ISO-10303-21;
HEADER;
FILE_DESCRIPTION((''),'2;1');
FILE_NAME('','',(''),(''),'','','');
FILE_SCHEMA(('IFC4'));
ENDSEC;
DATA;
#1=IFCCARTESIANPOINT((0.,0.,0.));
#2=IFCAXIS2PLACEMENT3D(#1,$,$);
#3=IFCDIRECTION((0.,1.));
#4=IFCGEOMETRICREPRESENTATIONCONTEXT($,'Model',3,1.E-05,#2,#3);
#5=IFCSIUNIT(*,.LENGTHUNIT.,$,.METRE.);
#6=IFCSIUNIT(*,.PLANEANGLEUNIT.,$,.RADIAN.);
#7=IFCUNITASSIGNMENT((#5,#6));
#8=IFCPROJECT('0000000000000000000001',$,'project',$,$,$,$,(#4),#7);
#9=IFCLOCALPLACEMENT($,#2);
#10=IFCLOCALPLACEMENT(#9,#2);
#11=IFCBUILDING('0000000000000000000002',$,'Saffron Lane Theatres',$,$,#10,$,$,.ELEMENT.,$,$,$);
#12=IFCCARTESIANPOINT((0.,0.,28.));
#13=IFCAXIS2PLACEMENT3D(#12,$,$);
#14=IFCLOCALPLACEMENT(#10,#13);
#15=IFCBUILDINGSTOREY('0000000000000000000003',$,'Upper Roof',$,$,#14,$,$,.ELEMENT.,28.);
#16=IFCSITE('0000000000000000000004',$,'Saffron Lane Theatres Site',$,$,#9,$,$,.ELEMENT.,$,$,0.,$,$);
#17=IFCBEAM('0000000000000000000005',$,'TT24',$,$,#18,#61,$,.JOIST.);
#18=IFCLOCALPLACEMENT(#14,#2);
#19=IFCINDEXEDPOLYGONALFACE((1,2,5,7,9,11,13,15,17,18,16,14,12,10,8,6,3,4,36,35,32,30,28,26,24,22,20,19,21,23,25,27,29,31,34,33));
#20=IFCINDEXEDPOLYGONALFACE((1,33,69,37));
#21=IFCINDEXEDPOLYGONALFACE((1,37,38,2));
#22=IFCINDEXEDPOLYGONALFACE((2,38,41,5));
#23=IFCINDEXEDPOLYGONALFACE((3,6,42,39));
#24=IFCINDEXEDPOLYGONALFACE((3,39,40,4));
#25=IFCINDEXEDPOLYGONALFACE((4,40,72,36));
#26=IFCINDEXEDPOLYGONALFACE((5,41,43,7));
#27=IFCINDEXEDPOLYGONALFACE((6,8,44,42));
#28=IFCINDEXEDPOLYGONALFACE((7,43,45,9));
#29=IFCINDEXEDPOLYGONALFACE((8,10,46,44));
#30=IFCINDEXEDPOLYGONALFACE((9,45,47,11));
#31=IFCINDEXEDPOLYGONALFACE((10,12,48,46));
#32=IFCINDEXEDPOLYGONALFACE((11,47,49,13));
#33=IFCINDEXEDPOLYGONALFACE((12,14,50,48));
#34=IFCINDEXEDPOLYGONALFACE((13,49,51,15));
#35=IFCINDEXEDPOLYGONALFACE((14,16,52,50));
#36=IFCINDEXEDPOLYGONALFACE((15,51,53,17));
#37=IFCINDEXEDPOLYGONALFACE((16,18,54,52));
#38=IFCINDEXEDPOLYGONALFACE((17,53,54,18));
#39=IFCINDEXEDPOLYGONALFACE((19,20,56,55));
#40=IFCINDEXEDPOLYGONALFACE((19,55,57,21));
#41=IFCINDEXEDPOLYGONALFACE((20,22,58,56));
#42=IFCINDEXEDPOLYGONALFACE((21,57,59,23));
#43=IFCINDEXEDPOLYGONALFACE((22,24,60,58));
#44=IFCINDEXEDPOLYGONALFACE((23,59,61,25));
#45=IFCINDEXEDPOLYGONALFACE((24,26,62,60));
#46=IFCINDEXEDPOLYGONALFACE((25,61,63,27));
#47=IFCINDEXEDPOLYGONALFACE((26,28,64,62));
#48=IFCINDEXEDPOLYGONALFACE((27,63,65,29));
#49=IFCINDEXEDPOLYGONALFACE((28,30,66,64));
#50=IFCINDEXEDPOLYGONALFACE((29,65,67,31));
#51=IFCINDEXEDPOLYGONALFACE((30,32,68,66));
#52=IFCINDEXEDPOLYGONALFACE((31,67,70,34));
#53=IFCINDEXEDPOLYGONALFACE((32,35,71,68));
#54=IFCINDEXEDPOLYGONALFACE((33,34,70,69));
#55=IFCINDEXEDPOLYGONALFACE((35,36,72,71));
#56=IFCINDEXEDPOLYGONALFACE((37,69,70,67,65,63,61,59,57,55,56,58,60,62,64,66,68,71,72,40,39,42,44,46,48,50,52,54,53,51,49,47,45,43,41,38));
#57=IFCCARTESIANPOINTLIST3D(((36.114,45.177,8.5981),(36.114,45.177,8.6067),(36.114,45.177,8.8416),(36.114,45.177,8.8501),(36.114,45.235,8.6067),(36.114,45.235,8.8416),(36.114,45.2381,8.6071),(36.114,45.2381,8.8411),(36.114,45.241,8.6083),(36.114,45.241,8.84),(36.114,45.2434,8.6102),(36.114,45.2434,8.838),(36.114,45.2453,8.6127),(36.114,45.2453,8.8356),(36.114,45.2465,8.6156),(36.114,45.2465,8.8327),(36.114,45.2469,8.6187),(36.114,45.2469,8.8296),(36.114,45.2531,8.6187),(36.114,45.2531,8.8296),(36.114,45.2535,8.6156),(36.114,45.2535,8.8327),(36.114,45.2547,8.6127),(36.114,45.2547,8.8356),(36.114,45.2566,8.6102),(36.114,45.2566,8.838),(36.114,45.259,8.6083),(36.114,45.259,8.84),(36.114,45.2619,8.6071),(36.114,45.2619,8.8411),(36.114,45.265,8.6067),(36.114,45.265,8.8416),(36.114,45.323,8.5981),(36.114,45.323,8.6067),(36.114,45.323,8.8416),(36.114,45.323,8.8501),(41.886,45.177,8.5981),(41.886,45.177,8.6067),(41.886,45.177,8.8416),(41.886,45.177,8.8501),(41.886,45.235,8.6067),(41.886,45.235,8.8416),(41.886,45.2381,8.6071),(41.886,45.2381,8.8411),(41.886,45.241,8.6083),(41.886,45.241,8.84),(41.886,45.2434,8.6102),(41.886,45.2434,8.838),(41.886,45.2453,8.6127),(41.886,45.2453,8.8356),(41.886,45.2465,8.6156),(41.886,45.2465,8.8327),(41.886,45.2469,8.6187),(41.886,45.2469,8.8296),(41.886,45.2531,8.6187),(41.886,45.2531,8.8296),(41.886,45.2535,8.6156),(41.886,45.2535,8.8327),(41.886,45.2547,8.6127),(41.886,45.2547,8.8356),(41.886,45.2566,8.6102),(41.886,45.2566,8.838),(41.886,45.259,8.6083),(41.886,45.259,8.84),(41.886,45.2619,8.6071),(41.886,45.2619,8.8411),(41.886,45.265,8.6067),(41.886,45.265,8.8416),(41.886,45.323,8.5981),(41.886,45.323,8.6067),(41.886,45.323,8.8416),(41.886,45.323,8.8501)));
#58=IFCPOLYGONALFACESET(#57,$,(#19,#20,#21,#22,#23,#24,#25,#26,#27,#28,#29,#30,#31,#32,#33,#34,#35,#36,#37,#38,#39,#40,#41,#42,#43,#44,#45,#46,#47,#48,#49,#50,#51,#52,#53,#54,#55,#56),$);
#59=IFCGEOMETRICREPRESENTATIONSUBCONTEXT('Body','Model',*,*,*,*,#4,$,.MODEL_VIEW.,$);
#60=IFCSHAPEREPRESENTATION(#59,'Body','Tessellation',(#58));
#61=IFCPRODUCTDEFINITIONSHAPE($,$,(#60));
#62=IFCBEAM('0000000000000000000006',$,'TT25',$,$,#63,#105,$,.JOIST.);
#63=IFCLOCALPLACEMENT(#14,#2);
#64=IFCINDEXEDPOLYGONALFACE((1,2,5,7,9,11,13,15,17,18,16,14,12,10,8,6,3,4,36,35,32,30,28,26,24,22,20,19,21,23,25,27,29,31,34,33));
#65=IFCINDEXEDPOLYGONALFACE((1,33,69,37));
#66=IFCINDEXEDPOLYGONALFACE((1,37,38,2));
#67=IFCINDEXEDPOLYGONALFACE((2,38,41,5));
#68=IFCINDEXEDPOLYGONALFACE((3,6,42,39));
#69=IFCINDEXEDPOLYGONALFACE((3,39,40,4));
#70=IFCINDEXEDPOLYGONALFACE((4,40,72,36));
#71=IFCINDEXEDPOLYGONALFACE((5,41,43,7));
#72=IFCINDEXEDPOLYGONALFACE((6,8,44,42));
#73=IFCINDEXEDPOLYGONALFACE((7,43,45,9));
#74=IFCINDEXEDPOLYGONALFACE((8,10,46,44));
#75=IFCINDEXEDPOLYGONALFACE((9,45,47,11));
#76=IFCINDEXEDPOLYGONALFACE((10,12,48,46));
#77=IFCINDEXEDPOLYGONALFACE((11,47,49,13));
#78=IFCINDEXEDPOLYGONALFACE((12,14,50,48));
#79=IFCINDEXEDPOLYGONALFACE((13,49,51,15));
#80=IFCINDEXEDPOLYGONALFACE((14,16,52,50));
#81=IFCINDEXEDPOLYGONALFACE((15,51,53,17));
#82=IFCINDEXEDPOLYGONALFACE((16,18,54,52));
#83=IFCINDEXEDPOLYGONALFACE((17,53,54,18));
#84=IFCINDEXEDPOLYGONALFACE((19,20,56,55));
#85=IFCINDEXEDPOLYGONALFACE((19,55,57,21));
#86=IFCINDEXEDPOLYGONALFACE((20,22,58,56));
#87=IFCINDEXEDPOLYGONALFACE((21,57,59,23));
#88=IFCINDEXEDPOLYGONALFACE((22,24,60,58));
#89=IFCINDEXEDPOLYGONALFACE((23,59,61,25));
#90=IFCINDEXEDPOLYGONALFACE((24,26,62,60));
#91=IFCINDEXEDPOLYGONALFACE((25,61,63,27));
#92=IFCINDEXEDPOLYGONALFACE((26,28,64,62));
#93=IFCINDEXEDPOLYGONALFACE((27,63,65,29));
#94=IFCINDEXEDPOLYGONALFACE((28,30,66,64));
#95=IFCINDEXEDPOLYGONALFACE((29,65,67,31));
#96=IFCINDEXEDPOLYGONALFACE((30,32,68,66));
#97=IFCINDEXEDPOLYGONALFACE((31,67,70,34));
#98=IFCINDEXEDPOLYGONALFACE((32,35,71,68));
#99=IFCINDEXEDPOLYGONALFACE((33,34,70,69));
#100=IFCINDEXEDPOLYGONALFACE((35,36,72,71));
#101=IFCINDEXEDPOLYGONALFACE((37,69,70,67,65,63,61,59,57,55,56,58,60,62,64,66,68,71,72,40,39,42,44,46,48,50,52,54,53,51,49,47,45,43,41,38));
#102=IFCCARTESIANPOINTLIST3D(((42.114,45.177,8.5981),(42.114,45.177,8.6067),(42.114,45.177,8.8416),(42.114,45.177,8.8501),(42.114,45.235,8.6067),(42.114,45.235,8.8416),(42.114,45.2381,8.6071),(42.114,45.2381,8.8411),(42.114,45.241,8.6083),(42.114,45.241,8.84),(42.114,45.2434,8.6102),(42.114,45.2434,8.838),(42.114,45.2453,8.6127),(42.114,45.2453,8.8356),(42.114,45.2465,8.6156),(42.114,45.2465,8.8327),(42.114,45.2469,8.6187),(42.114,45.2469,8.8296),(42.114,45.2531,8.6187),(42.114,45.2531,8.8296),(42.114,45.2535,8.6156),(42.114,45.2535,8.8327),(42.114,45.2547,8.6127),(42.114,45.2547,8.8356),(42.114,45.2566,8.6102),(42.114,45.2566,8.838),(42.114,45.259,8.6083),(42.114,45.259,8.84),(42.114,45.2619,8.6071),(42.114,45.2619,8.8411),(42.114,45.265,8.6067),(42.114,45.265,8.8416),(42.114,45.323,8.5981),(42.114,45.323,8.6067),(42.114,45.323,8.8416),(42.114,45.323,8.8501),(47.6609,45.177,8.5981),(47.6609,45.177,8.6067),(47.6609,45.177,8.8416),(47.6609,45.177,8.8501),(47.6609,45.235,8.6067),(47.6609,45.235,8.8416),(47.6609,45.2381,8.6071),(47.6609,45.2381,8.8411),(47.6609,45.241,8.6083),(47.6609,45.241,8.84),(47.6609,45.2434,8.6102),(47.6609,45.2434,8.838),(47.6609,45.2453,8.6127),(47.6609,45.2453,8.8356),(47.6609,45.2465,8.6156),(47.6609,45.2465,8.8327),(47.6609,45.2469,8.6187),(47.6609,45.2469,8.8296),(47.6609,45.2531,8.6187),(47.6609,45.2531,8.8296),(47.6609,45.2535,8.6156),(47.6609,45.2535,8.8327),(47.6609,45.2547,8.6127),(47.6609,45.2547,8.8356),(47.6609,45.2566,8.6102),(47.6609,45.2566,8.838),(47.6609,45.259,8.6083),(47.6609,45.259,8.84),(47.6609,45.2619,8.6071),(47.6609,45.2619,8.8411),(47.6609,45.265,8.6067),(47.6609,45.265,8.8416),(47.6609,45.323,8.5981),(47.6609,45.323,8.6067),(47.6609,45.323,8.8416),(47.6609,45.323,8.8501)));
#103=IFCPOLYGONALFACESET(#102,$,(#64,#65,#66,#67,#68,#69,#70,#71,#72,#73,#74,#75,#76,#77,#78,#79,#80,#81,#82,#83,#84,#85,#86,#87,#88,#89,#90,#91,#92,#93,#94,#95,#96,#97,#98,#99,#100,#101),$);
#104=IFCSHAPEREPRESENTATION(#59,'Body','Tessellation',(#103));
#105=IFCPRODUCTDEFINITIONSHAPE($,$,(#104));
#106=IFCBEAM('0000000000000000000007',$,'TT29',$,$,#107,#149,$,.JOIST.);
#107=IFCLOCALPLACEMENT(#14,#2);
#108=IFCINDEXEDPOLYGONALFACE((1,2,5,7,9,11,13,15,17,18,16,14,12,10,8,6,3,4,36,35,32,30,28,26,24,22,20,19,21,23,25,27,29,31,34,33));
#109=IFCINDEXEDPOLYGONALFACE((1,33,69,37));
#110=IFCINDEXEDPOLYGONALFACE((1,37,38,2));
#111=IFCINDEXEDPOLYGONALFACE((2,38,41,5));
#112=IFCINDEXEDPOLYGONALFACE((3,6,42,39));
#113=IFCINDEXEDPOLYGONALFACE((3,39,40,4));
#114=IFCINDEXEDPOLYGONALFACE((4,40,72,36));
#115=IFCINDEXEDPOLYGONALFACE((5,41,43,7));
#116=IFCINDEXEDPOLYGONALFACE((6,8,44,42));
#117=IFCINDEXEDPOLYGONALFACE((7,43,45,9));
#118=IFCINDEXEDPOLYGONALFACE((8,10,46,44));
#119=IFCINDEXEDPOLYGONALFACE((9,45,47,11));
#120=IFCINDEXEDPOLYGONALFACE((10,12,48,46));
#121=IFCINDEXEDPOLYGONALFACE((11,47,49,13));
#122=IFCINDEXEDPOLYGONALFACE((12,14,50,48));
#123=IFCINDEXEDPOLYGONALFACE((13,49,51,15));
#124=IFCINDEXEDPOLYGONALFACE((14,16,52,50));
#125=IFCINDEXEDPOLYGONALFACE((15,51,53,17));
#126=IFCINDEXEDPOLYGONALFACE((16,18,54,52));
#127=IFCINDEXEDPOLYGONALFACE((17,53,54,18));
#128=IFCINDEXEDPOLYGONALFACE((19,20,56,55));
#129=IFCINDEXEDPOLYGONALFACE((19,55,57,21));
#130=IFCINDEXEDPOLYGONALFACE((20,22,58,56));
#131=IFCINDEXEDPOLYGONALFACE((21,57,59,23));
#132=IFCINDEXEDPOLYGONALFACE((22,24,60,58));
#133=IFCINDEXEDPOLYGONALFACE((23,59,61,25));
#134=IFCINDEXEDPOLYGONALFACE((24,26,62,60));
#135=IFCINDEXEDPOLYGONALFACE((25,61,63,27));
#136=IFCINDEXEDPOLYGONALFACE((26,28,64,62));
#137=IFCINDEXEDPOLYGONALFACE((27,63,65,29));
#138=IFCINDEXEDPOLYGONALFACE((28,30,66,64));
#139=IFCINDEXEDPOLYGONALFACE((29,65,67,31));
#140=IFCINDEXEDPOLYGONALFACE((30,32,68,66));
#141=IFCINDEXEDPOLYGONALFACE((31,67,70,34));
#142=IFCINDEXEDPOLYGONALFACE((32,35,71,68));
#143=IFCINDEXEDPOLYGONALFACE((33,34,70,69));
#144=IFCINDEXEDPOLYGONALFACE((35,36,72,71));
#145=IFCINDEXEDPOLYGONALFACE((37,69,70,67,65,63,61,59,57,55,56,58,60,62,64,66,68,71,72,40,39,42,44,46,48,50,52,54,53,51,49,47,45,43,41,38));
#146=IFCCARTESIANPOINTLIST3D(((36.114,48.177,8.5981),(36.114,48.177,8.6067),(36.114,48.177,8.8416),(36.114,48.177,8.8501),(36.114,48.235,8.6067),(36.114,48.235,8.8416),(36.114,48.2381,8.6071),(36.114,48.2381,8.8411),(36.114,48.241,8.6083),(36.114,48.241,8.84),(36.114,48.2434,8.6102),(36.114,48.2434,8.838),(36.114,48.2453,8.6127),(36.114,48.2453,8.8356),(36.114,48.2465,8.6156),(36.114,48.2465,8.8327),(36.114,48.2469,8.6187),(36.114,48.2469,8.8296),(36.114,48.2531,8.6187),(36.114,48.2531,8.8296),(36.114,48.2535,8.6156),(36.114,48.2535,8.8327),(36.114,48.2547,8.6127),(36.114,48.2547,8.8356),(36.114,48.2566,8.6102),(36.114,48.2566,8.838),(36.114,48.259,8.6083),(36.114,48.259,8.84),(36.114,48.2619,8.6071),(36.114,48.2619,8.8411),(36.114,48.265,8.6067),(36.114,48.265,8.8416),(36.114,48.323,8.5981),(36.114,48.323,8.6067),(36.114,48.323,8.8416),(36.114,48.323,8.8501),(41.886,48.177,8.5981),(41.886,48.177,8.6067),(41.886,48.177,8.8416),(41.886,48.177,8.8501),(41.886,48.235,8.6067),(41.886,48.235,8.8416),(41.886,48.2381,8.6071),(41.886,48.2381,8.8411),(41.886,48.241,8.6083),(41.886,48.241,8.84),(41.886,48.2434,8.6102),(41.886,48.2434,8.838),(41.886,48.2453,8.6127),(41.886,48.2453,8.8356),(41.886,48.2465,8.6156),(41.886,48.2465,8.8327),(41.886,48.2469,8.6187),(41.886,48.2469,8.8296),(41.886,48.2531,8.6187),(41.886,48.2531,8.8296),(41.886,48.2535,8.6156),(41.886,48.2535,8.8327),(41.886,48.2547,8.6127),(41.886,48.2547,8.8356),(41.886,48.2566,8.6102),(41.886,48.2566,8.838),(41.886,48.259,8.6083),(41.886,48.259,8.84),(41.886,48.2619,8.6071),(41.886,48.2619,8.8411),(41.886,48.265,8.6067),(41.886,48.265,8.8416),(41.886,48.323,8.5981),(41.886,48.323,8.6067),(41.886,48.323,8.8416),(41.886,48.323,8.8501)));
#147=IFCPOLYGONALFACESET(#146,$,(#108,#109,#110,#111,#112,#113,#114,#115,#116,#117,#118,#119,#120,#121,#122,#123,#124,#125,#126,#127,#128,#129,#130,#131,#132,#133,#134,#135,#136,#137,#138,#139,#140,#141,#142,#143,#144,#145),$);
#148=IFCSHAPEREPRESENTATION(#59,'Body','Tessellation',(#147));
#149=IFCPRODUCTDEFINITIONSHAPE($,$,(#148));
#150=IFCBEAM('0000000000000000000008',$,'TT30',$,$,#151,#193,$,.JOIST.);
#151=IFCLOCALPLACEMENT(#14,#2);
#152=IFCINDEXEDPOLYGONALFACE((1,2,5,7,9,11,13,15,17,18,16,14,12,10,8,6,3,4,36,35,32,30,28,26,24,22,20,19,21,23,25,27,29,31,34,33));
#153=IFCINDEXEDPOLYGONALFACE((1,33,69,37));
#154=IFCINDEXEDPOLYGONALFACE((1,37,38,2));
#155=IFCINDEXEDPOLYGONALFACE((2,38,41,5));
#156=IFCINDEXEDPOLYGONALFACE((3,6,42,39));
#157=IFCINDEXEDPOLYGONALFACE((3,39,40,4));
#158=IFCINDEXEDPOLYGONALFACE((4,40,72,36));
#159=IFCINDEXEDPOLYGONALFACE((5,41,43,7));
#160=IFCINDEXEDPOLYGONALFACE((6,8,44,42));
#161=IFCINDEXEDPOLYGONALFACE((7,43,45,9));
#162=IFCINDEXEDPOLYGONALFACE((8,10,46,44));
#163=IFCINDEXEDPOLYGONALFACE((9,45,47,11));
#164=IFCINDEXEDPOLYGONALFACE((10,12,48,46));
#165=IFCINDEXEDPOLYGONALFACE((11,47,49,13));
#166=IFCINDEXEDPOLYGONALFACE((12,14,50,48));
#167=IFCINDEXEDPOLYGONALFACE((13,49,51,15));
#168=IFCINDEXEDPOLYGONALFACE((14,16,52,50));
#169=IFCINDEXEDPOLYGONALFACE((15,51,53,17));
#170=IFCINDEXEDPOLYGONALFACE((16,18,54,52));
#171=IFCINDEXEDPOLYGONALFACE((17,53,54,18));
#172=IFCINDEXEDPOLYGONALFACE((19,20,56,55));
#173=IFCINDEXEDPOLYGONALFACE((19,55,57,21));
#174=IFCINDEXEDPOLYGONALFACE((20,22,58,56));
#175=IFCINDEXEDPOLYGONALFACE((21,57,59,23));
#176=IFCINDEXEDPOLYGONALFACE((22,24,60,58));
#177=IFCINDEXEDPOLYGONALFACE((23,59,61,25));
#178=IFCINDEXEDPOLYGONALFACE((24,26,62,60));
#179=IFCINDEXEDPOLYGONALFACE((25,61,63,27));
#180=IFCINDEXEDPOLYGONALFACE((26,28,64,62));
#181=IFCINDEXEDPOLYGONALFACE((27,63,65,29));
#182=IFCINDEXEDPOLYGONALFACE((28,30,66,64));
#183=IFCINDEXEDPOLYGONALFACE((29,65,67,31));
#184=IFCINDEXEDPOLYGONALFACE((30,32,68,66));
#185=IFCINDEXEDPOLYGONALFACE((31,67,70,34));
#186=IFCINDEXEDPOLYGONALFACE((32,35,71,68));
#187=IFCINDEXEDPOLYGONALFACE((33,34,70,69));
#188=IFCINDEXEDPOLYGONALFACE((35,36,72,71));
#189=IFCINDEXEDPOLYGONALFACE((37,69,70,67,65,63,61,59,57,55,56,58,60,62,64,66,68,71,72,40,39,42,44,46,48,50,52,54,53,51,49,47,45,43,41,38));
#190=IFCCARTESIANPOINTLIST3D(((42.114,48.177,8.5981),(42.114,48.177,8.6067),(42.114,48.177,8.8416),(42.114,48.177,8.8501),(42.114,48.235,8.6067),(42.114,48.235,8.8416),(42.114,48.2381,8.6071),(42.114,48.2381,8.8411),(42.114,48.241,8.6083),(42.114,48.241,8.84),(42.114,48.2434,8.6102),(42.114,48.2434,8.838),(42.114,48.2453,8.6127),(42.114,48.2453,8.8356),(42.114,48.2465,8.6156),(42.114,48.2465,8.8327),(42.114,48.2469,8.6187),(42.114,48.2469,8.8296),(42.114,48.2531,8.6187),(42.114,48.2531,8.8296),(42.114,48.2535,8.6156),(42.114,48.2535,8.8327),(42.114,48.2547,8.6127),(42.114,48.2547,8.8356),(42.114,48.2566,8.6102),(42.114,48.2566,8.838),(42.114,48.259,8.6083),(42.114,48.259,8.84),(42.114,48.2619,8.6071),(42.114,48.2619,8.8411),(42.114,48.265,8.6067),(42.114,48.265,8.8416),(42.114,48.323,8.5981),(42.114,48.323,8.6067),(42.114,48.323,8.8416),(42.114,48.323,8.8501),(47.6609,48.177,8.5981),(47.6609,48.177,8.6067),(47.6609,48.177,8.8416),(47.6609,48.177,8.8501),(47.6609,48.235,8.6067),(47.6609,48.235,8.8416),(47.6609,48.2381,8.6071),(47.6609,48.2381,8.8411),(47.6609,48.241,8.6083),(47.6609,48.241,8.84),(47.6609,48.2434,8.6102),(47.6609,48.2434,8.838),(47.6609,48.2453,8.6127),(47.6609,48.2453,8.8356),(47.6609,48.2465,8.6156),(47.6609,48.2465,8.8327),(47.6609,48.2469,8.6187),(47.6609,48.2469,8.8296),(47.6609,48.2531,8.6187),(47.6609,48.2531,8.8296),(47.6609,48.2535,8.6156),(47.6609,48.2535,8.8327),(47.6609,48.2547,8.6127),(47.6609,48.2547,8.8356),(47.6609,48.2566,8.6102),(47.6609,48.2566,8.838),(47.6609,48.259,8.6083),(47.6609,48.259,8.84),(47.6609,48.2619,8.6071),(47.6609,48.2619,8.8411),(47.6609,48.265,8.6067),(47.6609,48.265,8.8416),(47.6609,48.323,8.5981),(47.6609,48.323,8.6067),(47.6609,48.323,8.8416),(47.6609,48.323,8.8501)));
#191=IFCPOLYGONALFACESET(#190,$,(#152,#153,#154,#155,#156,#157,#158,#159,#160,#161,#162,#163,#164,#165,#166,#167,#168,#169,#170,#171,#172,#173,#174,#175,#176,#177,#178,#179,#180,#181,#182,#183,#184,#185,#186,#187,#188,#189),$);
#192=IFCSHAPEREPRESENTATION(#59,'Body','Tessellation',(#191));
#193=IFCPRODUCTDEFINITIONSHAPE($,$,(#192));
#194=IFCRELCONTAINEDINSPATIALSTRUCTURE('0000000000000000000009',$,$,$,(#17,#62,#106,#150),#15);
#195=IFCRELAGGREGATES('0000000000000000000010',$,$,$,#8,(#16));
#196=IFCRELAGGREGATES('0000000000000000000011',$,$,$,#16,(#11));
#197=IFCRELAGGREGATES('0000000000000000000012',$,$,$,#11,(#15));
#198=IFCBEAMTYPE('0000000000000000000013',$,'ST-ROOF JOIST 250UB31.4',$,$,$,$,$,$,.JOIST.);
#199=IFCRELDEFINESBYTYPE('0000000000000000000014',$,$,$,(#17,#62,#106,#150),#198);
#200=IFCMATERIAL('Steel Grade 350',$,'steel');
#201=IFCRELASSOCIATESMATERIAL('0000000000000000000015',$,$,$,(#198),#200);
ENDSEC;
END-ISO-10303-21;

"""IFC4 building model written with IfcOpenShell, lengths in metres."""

from ifc_helpers import new_model, si_unit, direction, frame, origin, origin_2d, place, context, subcontext, project, spatial, i_section, extrude, material, material_profile, profile_set, type_object, element, save


model = new_model("IFC4")

# Units and contexts
model_context = context("Model", 3, precision=1e-05, world=origin(), true_north=direction((0.0, 1.0)))
body_context = subcontext(model_context, "Body", "Model", "MODEL_VIEW")
ifc_project = project(units=[si_unit("LENGTHUNIT", "METRE"), si_unit("PLANEANGLEUNIT", "RADIAN")], contexts=[model_context])

# Site, building, storey
site_placement = place(None, origin())
site = spatial("IfcSite", under=ifc_project, at=site_placement, Name="Saffron Lane Theatres Site", CompositionType="ELEMENT", RefElevation=0.0)
building_placement = place(site_placement, origin())
building = spatial("IfcBuilding", under=site, at=building_placement, Name="Saffron Lane Theatres", CompositionType="ELEMENT")
storey_placement = place(building_placement, frame((0.0, 0.0, 28.0)))
storey = spatial("IfcBuildingStorey", under=building, at=storey_placement, Name="Upper Roof", CompositionType="ELEMENT", Elevation=28.0)

# Beams
ifc_material_1 = material(Name="Steel Grade 350", Category="steel")
ifc_material_profile_1 = material_profile(ifc_material_1, i_section(OverallWidth=0.146, OverallDepth=0.252, WebThickness=0.0061, FlangeThickness=0.0085, FilletRadius=0.012, at=origin_2d()))
ifc_profile_set_1 = profile_set([ifc_material_profile_1], Name="Steel Grade 350")
beam_type_1 = type_object("IfcBeamType", Name="ST-ROOF JOIST 250UB31.4", PredefinedType="JOIST", material=ifc_profile_set_1)
beam_1_placement = place(storey_placement, frame((36.114, 45.25, 8.7241), z_axis=(1.0, 0.0, 0.0), x_axis=(0.0, 1.0, 0.0)))
element("IfcBeam", 1, at=beam_1_placement, inside=storey, type_object=beam_type_1, Name="TT24", PredefinedType="JOIST", context=body_context, shape_type="SweptSolid", body=[
    extrude(i_section(OverallWidth=0.146, OverallDepth=0.252, WebThickness=0.0061, FlangeThickness=0.0085, FilletRadius=0.012, at=origin_2d()), origin(), (0.0, 0.0, 1.0), 5.772),
])
beam_2_placement = place(storey_placement, frame((42.114, 45.25, 8.7241), z_axis=(1.0, 0.0, 0.0), x_axis=(0.0, 1.0, 0.0)))
element("IfcBeam", 2, at=beam_2_placement, inside=storey, type_object=beam_type_1, Name="TT25", PredefinedType="JOIST", context=body_context, shape_type="SweptSolid", body=[
    extrude(i_section(OverallWidth=0.146, OverallDepth=0.252, WebThickness=0.0061, FlangeThickness=0.0085, FilletRadius=0.012, at=origin_2d()), origin(), (0.0, 0.0, 1.0), 5.5469),
])
beam_3_placement = place(storey_placement, frame((36.114, 48.25, 8.7241), z_axis=(1.0, 0.0, 0.0), x_axis=(0.0, 1.0, 0.0)))
element("IfcBeam", 3, at=beam_3_placement, inside=storey, type_object=beam_type_1, Name="TT29", PredefinedType="JOIST", context=body_context, shape_type="SweptSolid", body=[
    extrude(i_section(OverallWidth=0.146, OverallDepth=0.252, WebThickness=0.0061, FlangeThickness=0.0085, FilletRadius=0.012, at=origin_2d()), origin(), (0.0, 0.0, 1.0), 5.772),
])
beam_4_placement = place(storey_placement, frame((42.114, 48.25, 8.7241), z_axis=(1.0, 0.0, 0.0), x_axis=(0.0, 1.0, 0.0)))
element("IfcBeam", 4, at=beam_4_placement, inside=storey, type_object=beam_type_1, Name="TT30", PredefinedType="JOIST", context=body_context, shape_type="SweptSolid", body=[
    extrude(i_section(OverallWidth=0.146, OverallDepth=0.252, WebThickness=0.0061, FlangeThickness=0.0085, FilletRadius=0.012, at=origin_2d()), origin(), (0.0, 0.0, 1.0), 5.5469),
])

save(model, "model.ifc")
